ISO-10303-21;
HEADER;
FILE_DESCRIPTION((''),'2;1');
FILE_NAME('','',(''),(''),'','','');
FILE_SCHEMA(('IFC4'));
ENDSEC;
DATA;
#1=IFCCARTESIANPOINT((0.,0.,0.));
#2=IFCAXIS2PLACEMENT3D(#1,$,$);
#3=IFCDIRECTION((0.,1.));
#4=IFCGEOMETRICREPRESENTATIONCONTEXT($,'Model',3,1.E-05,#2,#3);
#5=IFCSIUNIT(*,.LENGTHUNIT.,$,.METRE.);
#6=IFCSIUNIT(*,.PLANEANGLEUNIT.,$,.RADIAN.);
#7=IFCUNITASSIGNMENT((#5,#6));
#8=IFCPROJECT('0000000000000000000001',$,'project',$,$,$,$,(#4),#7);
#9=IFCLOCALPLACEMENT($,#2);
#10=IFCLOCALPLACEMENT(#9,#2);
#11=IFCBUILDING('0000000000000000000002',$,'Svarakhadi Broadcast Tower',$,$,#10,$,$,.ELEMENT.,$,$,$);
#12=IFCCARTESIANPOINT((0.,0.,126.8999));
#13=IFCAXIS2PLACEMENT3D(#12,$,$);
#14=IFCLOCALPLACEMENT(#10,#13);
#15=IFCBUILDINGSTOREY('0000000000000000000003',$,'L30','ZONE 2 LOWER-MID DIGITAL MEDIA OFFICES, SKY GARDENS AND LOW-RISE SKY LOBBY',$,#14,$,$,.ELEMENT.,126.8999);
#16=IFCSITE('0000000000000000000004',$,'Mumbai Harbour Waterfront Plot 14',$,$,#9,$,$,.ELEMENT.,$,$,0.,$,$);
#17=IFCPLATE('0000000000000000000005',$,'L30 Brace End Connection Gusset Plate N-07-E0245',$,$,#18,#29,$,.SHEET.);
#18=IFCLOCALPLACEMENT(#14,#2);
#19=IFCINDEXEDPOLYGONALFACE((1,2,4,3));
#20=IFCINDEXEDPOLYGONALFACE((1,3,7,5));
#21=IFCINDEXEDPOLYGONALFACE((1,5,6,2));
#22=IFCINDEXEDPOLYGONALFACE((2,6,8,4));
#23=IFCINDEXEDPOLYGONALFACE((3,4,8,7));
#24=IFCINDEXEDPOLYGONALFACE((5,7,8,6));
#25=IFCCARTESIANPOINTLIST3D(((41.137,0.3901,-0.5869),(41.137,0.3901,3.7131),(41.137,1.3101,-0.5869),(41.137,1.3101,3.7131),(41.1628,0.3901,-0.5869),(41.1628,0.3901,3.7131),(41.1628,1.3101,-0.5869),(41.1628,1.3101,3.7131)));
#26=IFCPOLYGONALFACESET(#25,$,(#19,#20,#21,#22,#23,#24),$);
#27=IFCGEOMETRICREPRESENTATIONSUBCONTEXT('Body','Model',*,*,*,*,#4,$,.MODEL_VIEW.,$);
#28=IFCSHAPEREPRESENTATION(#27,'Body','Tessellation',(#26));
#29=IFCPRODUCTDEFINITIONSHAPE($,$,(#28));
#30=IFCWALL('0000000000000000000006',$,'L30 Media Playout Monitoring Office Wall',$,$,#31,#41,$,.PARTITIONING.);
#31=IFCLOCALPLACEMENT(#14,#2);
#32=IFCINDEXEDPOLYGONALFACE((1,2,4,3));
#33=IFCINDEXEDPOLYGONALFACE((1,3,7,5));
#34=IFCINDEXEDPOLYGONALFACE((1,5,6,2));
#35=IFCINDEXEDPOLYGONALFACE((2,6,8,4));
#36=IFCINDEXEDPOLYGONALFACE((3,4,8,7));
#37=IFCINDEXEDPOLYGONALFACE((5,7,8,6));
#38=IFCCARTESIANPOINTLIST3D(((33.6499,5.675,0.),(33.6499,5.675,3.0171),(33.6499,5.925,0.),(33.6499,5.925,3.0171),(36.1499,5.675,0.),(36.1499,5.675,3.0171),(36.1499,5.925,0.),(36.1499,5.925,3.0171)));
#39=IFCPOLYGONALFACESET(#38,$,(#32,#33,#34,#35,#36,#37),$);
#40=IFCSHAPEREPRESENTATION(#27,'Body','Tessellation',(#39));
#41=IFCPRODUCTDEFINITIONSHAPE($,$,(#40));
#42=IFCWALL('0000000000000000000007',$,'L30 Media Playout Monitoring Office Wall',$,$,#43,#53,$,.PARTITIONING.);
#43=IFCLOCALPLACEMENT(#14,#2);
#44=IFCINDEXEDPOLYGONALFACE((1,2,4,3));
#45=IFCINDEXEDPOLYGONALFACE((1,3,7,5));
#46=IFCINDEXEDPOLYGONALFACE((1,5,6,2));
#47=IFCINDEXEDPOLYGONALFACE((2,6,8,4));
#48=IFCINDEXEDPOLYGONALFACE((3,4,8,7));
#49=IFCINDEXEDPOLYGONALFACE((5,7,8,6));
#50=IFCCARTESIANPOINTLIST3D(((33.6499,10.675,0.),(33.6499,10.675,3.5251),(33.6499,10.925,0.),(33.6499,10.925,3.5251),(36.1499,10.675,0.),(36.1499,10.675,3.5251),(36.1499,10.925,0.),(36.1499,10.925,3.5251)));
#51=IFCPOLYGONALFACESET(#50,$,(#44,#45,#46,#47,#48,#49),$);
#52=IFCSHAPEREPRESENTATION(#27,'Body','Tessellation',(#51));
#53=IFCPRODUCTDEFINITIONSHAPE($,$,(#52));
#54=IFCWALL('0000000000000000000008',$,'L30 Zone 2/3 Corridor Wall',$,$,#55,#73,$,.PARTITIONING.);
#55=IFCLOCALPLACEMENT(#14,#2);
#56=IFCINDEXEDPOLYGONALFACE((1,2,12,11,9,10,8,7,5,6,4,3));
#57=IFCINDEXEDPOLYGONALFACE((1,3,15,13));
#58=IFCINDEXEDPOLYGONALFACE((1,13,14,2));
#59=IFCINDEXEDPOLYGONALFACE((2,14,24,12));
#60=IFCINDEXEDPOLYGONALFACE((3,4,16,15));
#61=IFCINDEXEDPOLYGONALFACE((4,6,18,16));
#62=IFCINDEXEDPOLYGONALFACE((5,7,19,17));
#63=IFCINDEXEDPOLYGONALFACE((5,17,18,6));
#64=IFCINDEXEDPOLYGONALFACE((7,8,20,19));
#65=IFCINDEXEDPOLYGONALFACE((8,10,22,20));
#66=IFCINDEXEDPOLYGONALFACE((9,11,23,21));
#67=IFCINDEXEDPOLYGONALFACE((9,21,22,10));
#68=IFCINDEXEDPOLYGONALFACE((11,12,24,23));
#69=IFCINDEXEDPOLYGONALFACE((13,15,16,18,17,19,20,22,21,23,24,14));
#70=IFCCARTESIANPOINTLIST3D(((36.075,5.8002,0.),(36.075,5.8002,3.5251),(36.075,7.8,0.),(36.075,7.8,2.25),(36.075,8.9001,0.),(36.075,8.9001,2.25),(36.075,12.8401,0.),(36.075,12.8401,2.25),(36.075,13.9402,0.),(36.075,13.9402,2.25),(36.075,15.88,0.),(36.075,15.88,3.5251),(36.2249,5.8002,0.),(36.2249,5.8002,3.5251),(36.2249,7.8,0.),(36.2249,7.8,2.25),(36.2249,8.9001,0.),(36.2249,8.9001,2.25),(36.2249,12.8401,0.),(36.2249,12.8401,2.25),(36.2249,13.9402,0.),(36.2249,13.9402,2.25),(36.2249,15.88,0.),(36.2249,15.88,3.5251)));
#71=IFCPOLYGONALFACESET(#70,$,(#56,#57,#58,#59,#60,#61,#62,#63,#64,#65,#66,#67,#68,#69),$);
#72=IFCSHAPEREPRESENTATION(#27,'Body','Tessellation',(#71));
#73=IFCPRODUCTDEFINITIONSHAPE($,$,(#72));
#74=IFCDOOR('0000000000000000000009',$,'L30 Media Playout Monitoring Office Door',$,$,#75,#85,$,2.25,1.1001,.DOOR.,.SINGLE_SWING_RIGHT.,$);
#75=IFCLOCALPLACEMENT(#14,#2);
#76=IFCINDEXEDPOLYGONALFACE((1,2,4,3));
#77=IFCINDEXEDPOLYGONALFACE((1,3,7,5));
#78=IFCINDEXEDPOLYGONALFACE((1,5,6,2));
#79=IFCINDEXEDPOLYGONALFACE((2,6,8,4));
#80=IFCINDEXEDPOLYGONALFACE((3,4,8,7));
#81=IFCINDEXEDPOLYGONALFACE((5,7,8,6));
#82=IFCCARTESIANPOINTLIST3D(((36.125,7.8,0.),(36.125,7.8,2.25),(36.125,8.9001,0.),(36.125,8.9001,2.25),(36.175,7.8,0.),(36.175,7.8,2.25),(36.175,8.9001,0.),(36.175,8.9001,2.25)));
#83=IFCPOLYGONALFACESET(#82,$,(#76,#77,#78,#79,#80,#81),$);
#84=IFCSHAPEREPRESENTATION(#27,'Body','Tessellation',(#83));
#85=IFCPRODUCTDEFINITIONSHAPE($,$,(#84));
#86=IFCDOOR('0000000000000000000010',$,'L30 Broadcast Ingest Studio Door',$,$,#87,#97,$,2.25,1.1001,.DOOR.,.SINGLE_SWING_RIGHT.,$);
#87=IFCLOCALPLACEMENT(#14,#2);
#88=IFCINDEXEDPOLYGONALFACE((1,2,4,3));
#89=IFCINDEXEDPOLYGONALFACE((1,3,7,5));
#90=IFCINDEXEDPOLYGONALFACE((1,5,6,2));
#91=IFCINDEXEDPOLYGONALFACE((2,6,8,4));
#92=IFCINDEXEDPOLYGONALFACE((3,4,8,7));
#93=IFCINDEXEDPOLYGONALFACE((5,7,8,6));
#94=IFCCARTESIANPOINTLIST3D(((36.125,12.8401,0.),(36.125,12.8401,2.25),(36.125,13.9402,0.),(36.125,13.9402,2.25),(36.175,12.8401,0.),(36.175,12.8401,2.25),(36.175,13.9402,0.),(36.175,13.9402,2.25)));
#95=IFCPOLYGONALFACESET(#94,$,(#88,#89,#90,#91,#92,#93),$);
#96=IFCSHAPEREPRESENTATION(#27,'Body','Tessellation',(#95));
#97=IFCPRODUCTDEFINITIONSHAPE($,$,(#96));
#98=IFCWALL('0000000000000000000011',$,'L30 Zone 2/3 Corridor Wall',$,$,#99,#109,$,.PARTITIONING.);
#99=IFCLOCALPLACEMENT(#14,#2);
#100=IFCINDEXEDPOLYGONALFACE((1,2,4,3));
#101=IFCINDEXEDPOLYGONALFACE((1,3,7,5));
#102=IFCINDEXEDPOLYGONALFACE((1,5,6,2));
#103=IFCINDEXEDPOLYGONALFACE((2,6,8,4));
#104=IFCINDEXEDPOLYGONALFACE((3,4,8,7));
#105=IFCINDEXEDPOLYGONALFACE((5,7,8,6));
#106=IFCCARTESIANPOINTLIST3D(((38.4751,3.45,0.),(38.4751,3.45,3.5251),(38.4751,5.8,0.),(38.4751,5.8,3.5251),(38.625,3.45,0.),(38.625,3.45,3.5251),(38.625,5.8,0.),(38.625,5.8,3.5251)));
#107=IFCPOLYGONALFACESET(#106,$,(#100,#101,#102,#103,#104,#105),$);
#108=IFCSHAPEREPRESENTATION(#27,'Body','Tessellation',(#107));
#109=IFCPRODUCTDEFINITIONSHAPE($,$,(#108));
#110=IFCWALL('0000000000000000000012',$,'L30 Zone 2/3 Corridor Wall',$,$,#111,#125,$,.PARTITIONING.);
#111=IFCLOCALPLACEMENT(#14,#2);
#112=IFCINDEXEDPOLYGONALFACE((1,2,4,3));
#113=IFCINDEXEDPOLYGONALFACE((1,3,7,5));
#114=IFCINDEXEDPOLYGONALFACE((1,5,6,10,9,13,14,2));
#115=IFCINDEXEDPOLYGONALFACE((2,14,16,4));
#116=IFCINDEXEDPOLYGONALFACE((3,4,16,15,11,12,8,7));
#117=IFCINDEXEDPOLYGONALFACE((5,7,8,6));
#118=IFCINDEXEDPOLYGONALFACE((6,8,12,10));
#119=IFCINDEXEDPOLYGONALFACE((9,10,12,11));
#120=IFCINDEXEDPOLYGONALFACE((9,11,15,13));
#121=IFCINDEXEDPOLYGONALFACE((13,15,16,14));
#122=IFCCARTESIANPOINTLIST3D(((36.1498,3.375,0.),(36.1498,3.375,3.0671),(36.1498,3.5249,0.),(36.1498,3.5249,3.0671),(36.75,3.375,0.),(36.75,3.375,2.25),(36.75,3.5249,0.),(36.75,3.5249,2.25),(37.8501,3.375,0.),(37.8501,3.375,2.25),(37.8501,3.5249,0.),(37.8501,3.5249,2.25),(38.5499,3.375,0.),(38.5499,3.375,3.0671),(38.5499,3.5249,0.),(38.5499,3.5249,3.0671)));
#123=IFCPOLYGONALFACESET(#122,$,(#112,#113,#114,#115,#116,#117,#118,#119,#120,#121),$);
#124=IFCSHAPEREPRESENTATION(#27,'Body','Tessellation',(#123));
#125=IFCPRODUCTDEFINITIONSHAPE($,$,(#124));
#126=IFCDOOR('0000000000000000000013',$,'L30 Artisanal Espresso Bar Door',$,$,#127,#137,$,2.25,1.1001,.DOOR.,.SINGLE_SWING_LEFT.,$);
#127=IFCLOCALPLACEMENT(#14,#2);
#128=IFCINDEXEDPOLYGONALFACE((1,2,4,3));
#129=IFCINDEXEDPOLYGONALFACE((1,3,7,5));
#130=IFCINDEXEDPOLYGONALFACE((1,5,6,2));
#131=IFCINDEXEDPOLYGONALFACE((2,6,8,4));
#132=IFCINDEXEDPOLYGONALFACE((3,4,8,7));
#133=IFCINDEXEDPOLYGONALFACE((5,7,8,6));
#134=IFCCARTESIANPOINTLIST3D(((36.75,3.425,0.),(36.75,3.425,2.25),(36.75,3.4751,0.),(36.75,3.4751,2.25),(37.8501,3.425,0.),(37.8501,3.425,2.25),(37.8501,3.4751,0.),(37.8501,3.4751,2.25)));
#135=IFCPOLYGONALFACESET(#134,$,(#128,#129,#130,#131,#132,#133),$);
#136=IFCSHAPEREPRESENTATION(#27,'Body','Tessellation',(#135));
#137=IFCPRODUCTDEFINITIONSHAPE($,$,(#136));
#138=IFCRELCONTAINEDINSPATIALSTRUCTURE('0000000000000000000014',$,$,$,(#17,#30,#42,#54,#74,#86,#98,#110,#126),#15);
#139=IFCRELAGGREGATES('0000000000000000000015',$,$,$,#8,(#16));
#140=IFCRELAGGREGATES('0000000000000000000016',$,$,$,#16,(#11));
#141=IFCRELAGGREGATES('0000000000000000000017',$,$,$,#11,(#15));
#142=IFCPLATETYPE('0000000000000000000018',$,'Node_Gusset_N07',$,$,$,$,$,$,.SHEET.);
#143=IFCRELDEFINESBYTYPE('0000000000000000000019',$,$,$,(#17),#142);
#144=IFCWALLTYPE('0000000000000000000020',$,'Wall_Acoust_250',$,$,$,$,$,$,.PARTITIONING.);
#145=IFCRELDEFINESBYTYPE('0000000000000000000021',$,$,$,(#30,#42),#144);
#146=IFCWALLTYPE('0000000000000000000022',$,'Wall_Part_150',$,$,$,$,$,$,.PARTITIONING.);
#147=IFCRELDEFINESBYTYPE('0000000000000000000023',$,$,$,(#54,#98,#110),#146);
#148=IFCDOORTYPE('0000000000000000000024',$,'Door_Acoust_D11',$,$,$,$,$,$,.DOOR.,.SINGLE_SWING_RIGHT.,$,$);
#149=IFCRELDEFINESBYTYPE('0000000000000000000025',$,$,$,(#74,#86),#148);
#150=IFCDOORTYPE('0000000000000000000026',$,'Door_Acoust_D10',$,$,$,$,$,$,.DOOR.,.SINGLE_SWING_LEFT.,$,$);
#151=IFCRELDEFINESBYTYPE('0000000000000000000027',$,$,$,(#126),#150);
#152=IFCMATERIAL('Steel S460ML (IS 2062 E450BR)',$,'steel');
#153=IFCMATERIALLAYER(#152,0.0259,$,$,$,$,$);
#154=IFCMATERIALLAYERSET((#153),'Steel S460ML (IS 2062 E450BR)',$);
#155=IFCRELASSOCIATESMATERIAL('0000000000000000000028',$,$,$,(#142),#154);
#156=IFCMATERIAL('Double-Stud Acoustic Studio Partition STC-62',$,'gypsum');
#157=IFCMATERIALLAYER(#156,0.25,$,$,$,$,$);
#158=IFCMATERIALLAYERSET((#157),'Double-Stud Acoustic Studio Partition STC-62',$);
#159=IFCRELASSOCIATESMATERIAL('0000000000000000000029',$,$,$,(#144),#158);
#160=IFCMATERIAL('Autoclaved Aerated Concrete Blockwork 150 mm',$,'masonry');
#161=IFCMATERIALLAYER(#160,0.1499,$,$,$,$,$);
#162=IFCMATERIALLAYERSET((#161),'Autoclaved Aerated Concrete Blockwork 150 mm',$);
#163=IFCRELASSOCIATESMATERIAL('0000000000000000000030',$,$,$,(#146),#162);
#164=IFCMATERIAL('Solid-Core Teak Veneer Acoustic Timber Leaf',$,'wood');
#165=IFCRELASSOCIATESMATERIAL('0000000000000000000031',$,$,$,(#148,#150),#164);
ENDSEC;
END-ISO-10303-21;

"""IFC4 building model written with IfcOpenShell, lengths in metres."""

from ifc_helpers import new_model, si_unit, direction, frame, frame_2d, origin, origin_2d, place, context, subcontext, project, spatial, rectangle, extrude, material, layer, layer_set, type_object, element, fill, save


model = new_model("IFC4")

# Units and contexts
model_context = context("Model", 3, precision=1e-05, world=origin(), true_north=direction((0.0, 1.0)))
body_context = subcontext(model_context, "Body", "Model", "MODEL_VIEW")
ifc_project = project(units=[si_unit("LENGTHUNIT", "METRE"), si_unit("PLANEANGLEUNIT", "RADIAN")], contexts=[model_context])

# Site, building, storey
site_placement = place(None, origin())
site = spatial("IfcSite", under=ifc_project, at=site_placement, Name="Mumbai Harbour Waterfront Plot 14", CompositionType="ELEMENT", RefElevation=0.0)
building_placement = place(site_placement, origin())
building = spatial("IfcBuilding", under=site, at=building_placement, Name="Svarakhadi Broadcast Tower", CompositionType="ELEMENT")
storey_placement = place(building_placement, frame((0.0, 0.0, 126.8999)))
storey = spatial("IfcBuildingStorey", under=building, at=storey_placement, Name="L30", Description="ZONE 2 LOWER-MID DIGITAL MEDIA OFFICES, SKY GARDENS AND LOW-RISE SKY LOBBY", CompositionType="ELEMENT", Elevation=126.8999)

# Shared definitions
ifc_material_1 = material(Name="Steel S460ML (IS 2062 E450BR)", Category="steel")

# Plate
ifc_layer_1 = layer(ifc_material_1, 0.0259)
ifc_layer_set_1 = layer_set([ifc_layer_1], Name="Steel S460ML (IS 2062 E450BR)")
plate_type = type_object("IfcPlateType", Name="Node_Gusset_N07", PredefinedType="SHEET", material=ifc_layer_set_1)
plate_placement = place(storey_placement, frame((41.1499, 0.8501, -0.5869), z_axis=(0.0, 0.0, 1.0), x_axis=(0.0, 1.0, 0.0)))
element("IfcPlate", 1, at=plate_placement, inside=storey, type_object=plate_type, Name="L30 Brace End Connection Gusset Plate N-07-E0245", PredefinedType="SHEET", context=body_context, shape_type="SweptSolid", body=[
    extrude(rectangle(XDim=0.9199, YDim=0.0259, at=origin_2d()), origin(), (0.0, 0.0, 1.0), 4.3),
])

# Walls
ifc_material_2 = material(Name="Double-Stud Acoustic Studio Partition STC-62", Category="gypsum")
ifc_layer_2 = layer(ifc_material_2, 0.25)
ifc_layer_set_2 = layer_set([ifc_layer_2], Name="Double-Stud Acoustic Studio Partition STC-62")
wall_type_1 = type_object("IfcWallType", Name="Wall_Acoust_250", PredefinedType="PARTITIONING", material=ifc_layer_set_2)
wall_1_placement = place(storey_placement, frame((33.6499, 5.8, 0.0), z_axis=(0.0, 0.0, 1.0), x_axis=(1.0, 0.0, 0.0)))
element("IfcWall", 2, at=wall_1_placement, inside=storey, type_object=wall_type_1, Name="L30 Media Playout Monitoring Office Wall", PredefinedType="PARTITIONING", context=body_context, shape_type="SweptSolid", body=[
    extrude(rectangle(XDim=2.5, YDim=0.25, at=frame_2d((1.25, 0.0))), origin(), (0.0, 0.0, 1.0), 3.0171),
])
wall_2_placement = place(storey_placement, frame((33.6499, 10.8, 0.0), z_axis=(0.0, 0.0, 1.0), x_axis=(1.0, 0.0, 0.0)))
element("IfcWall", 3, at=wall_2_placement, inside=storey, type_object=wall_type_1, Name="L30 Media Playout Monitoring Office Wall", PredefinedType="PARTITIONING", context=body_context, shape_type="SweptSolid", body=[
    extrude(rectangle(XDim=2.5, YDim=0.25, at=frame_2d((1.25, 0.0))), origin(), (0.0, 0.0, 1.0), 3.5251),
])

# Wall, openings, doors
ifc_material_3 = material(Name="Autoclaved Aerated Concrete Blockwork 150 mm", Category="masonry")
ifc_layer_3 = layer(ifc_material_3, 0.1499)
ifc_layer_set_3 = layer_set([ifc_layer_3], Name="Autoclaved Aerated Concrete Blockwork 150 mm")
wall_type_2 = type_object("IfcWallType", Name="Wall_Part_150", PredefinedType="PARTITIONING", material=ifc_layer_set_3)
wall_3_placement = place(storey_placement, frame((36.1499, 5.8, 0.0), z_axis=(0.0, 0.0, 1.0), x_axis=(0.0, 1.0, 0.0)))
wall_3 = element("IfcWall", 4, at=wall_3_placement, inside=storey, type_object=wall_type_2, Name="L30 Zone 2/3 Corridor Wall", PredefinedType="PARTITIONING", context=body_context, shape_type="SweptSolid", body=[
    extrude(rectangle(XDim=10.0798, YDim=0.1499, at=frame_2d((5.04, 0.0))), origin(), (0.0, 0.0, 1.0), 3.5251),
])
opening_1_placement = place(wall_3_placement, frame((2.0, 0.0, 0.0)))
opening_1 = element("IfcOpeningElement", 5, at=opening_1_placement, cuts=wall_3, PredefinedType="OPENING", context=body_context, shape_type="SweptSolid", body=[
    extrude(rectangle(XDim=1.1001, YDim=2.25, at=frame_2d((0.55, 1.125))), frame((0.0, 0.085, 0.0), z_axis=(0.0, -1.0, 0.0), x_axis=(1.0, 0.0, 0.0)), (0.0, 0.0, 1.0), 0.1699),
])
opening_2_placement = place(wall_3_placement, frame((7.04, 0.0, 0.0)))
opening_2 = element("IfcOpeningElement", 6, at=opening_2_placement, cuts=wall_3, PredefinedType="OPENING", context=body_context, shape_type="SweptSolid", body=[
    extrude(rectangle(XDim=1.1001, YDim=2.25, at=frame_2d((0.55, 1.125))), frame((0.0, 0.085, 0.0), z_axis=(0.0, -1.0, 0.0), x_axis=(1.0, 0.0, 0.0)), (0.0, 0.0, 1.0), 0.1699),
])
ifc_material_4 = material(Name="Solid-Core Teak Veneer Acoustic Timber Leaf", Category="wood")
door_type_1 = type_object("IfcDoorType", Name="Door_Acoust_D11", OperationType="SINGLE_SWING_RIGHT", PredefinedType="DOOR", material=ifc_material_4)
door_1_placement = place(opening_1_placement, origin())
door_1 = element("IfcDoor", 7, at=door_1_placement, inside=storey, type_object=door_type_1, Name="L30 Media Playout Monitoring Office Door", OperationType="SINGLE_SWING_RIGHT", OverallHeight=2.25, OverallWidth=1.1001, PredefinedType="DOOR", context=body_context, shape_type="SweptSolid", body=[
    extrude(rectangle(XDim=1.1001, YDim=2.25, at=frame_2d((0.55, 1.125))), frame((0.0, 0.0249, 0.0), z_axis=(0.0, -1.0, 0.0), x_axis=(1.0, 0.0, 0.0)), (0.0, 0.0, 1.0), 0.05),
])
fill(opening_1, door_1)
door_2_placement = place(opening_2_placement, origin())
door_2 = element("IfcDoor", 8, at=door_2_placement, inside=storey, type_object=door_type_1, Name="L30 Broadcast Ingest Studio Door", OperationType="SINGLE_SWING_RIGHT", OverallHeight=2.25, OverallWidth=1.1001, PredefinedType="DOOR", context=body_context, shape_type="SweptSolid", body=[
    extrude(rectangle(XDim=1.1001, YDim=2.25, at=frame_2d((0.55, 1.125))), frame((0.0, 0.0249, 0.0), z_axis=(0.0, -1.0, 0.0), x_axis=(1.0, 0.0, 0.0)), (0.0, 0.0, 1.0), 0.05),
])
fill(opening_2, door_2)

# Wall
wall_4_placement = place(storey_placement, frame((38.55, 5.8, 0.0), z_axis=(0.0, 0.0, 1.0), x_axis=(0.0, -1.0, 0.0)))
element("IfcWall", 9, at=wall_4_placement, inside=storey, type_object=wall_type_2, Name="L30 Zone 2/3 Corridor Wall", PredefinedType="PARTITIONING", context=body_context, shape_type="SweptSolid", body=[
    extrude(rectangle(XDim=2.3501, YDim=0.1499, at=frame_2d((1.175, 0.0))), origin(), (0.0, 0.0, 1.0), 3.5251),
])

# Wall, opening, door
wall_5_placement = place(storey_placement, frame((38.55, 3.45, 0.0), z_axis=(0.0, 0.0, 1.0), x_axis=(-1.0, 0.0, 0.0)))
wall_5 = element("IfcWall", 10, at=wall_5_placement, inside=storey, type_object=wall_type_2, Name="L30 Zone 2/3 Corridor Wall", PredefinedType="PARTITIONING", context=body_context, shape_type="SweptSolid", body=[
    extrude(rectangle(XDim=2.4001, YDim=0.1499, at=frame_2d((1.2002, 0.0))), origin(), (0.0, 0.0, 1.0), 3.0671),
])
opening_3_placement = place(wall_5_placement, frame((0.7, 0.0, 0.0)))
opening_3 = element("IfcOpeningElement", 11, at=opening_3_placement, cuts=wall_5, PredefinedType="OPENING", context=body_context, shape_type="SweptSolid", body=[
    extrude(rectangle(XDim=1.1001, YDim=2.25, at=frame_2d((0.55, 1.125))), frame((0.0, 0.085, 0.0), z_axis=(0.0, -1.0, 0.0), x_axis=(1.0, 0.0, 0.0)), (0.0, 0.0, 1.0), 0.1699),
])
door_type_2 = type_object("IfcDoorType", Name="Door_Acoust_D10", OperationType="SINGLE_SWING_LEFT", PredefinedType="DOOR", material=ifc_material_4)
door_3_placement = place(opening_3_placement, origin())
door_3 = element("IfcDoor", 12, at=door_3_placement, inside=storey, type_object=door_type_2, Name="L30 Artisanal Espresso Bar Door", OperationType="SINGLE_SWING_LEFT", OverallHeight=2.25, OverallWidth=1.1001, PredefinedType="DOOR", context=body_context, shape_type="SweptSolid", body=[
    extrude(rectangle(XDim=1.1001, YDim=2.25, at=frame_2d((0.55, 1.125))), frame((0.0, 0.0249, 0.0), z_axis=(0.0, -1.0, 0.0), x_axis=(1.0, 0.0, 0.0)), (0.0, 0.0, 1.0), 0.05),
])
fill(opening_3, door_3)

save(model, "model.ifc")
